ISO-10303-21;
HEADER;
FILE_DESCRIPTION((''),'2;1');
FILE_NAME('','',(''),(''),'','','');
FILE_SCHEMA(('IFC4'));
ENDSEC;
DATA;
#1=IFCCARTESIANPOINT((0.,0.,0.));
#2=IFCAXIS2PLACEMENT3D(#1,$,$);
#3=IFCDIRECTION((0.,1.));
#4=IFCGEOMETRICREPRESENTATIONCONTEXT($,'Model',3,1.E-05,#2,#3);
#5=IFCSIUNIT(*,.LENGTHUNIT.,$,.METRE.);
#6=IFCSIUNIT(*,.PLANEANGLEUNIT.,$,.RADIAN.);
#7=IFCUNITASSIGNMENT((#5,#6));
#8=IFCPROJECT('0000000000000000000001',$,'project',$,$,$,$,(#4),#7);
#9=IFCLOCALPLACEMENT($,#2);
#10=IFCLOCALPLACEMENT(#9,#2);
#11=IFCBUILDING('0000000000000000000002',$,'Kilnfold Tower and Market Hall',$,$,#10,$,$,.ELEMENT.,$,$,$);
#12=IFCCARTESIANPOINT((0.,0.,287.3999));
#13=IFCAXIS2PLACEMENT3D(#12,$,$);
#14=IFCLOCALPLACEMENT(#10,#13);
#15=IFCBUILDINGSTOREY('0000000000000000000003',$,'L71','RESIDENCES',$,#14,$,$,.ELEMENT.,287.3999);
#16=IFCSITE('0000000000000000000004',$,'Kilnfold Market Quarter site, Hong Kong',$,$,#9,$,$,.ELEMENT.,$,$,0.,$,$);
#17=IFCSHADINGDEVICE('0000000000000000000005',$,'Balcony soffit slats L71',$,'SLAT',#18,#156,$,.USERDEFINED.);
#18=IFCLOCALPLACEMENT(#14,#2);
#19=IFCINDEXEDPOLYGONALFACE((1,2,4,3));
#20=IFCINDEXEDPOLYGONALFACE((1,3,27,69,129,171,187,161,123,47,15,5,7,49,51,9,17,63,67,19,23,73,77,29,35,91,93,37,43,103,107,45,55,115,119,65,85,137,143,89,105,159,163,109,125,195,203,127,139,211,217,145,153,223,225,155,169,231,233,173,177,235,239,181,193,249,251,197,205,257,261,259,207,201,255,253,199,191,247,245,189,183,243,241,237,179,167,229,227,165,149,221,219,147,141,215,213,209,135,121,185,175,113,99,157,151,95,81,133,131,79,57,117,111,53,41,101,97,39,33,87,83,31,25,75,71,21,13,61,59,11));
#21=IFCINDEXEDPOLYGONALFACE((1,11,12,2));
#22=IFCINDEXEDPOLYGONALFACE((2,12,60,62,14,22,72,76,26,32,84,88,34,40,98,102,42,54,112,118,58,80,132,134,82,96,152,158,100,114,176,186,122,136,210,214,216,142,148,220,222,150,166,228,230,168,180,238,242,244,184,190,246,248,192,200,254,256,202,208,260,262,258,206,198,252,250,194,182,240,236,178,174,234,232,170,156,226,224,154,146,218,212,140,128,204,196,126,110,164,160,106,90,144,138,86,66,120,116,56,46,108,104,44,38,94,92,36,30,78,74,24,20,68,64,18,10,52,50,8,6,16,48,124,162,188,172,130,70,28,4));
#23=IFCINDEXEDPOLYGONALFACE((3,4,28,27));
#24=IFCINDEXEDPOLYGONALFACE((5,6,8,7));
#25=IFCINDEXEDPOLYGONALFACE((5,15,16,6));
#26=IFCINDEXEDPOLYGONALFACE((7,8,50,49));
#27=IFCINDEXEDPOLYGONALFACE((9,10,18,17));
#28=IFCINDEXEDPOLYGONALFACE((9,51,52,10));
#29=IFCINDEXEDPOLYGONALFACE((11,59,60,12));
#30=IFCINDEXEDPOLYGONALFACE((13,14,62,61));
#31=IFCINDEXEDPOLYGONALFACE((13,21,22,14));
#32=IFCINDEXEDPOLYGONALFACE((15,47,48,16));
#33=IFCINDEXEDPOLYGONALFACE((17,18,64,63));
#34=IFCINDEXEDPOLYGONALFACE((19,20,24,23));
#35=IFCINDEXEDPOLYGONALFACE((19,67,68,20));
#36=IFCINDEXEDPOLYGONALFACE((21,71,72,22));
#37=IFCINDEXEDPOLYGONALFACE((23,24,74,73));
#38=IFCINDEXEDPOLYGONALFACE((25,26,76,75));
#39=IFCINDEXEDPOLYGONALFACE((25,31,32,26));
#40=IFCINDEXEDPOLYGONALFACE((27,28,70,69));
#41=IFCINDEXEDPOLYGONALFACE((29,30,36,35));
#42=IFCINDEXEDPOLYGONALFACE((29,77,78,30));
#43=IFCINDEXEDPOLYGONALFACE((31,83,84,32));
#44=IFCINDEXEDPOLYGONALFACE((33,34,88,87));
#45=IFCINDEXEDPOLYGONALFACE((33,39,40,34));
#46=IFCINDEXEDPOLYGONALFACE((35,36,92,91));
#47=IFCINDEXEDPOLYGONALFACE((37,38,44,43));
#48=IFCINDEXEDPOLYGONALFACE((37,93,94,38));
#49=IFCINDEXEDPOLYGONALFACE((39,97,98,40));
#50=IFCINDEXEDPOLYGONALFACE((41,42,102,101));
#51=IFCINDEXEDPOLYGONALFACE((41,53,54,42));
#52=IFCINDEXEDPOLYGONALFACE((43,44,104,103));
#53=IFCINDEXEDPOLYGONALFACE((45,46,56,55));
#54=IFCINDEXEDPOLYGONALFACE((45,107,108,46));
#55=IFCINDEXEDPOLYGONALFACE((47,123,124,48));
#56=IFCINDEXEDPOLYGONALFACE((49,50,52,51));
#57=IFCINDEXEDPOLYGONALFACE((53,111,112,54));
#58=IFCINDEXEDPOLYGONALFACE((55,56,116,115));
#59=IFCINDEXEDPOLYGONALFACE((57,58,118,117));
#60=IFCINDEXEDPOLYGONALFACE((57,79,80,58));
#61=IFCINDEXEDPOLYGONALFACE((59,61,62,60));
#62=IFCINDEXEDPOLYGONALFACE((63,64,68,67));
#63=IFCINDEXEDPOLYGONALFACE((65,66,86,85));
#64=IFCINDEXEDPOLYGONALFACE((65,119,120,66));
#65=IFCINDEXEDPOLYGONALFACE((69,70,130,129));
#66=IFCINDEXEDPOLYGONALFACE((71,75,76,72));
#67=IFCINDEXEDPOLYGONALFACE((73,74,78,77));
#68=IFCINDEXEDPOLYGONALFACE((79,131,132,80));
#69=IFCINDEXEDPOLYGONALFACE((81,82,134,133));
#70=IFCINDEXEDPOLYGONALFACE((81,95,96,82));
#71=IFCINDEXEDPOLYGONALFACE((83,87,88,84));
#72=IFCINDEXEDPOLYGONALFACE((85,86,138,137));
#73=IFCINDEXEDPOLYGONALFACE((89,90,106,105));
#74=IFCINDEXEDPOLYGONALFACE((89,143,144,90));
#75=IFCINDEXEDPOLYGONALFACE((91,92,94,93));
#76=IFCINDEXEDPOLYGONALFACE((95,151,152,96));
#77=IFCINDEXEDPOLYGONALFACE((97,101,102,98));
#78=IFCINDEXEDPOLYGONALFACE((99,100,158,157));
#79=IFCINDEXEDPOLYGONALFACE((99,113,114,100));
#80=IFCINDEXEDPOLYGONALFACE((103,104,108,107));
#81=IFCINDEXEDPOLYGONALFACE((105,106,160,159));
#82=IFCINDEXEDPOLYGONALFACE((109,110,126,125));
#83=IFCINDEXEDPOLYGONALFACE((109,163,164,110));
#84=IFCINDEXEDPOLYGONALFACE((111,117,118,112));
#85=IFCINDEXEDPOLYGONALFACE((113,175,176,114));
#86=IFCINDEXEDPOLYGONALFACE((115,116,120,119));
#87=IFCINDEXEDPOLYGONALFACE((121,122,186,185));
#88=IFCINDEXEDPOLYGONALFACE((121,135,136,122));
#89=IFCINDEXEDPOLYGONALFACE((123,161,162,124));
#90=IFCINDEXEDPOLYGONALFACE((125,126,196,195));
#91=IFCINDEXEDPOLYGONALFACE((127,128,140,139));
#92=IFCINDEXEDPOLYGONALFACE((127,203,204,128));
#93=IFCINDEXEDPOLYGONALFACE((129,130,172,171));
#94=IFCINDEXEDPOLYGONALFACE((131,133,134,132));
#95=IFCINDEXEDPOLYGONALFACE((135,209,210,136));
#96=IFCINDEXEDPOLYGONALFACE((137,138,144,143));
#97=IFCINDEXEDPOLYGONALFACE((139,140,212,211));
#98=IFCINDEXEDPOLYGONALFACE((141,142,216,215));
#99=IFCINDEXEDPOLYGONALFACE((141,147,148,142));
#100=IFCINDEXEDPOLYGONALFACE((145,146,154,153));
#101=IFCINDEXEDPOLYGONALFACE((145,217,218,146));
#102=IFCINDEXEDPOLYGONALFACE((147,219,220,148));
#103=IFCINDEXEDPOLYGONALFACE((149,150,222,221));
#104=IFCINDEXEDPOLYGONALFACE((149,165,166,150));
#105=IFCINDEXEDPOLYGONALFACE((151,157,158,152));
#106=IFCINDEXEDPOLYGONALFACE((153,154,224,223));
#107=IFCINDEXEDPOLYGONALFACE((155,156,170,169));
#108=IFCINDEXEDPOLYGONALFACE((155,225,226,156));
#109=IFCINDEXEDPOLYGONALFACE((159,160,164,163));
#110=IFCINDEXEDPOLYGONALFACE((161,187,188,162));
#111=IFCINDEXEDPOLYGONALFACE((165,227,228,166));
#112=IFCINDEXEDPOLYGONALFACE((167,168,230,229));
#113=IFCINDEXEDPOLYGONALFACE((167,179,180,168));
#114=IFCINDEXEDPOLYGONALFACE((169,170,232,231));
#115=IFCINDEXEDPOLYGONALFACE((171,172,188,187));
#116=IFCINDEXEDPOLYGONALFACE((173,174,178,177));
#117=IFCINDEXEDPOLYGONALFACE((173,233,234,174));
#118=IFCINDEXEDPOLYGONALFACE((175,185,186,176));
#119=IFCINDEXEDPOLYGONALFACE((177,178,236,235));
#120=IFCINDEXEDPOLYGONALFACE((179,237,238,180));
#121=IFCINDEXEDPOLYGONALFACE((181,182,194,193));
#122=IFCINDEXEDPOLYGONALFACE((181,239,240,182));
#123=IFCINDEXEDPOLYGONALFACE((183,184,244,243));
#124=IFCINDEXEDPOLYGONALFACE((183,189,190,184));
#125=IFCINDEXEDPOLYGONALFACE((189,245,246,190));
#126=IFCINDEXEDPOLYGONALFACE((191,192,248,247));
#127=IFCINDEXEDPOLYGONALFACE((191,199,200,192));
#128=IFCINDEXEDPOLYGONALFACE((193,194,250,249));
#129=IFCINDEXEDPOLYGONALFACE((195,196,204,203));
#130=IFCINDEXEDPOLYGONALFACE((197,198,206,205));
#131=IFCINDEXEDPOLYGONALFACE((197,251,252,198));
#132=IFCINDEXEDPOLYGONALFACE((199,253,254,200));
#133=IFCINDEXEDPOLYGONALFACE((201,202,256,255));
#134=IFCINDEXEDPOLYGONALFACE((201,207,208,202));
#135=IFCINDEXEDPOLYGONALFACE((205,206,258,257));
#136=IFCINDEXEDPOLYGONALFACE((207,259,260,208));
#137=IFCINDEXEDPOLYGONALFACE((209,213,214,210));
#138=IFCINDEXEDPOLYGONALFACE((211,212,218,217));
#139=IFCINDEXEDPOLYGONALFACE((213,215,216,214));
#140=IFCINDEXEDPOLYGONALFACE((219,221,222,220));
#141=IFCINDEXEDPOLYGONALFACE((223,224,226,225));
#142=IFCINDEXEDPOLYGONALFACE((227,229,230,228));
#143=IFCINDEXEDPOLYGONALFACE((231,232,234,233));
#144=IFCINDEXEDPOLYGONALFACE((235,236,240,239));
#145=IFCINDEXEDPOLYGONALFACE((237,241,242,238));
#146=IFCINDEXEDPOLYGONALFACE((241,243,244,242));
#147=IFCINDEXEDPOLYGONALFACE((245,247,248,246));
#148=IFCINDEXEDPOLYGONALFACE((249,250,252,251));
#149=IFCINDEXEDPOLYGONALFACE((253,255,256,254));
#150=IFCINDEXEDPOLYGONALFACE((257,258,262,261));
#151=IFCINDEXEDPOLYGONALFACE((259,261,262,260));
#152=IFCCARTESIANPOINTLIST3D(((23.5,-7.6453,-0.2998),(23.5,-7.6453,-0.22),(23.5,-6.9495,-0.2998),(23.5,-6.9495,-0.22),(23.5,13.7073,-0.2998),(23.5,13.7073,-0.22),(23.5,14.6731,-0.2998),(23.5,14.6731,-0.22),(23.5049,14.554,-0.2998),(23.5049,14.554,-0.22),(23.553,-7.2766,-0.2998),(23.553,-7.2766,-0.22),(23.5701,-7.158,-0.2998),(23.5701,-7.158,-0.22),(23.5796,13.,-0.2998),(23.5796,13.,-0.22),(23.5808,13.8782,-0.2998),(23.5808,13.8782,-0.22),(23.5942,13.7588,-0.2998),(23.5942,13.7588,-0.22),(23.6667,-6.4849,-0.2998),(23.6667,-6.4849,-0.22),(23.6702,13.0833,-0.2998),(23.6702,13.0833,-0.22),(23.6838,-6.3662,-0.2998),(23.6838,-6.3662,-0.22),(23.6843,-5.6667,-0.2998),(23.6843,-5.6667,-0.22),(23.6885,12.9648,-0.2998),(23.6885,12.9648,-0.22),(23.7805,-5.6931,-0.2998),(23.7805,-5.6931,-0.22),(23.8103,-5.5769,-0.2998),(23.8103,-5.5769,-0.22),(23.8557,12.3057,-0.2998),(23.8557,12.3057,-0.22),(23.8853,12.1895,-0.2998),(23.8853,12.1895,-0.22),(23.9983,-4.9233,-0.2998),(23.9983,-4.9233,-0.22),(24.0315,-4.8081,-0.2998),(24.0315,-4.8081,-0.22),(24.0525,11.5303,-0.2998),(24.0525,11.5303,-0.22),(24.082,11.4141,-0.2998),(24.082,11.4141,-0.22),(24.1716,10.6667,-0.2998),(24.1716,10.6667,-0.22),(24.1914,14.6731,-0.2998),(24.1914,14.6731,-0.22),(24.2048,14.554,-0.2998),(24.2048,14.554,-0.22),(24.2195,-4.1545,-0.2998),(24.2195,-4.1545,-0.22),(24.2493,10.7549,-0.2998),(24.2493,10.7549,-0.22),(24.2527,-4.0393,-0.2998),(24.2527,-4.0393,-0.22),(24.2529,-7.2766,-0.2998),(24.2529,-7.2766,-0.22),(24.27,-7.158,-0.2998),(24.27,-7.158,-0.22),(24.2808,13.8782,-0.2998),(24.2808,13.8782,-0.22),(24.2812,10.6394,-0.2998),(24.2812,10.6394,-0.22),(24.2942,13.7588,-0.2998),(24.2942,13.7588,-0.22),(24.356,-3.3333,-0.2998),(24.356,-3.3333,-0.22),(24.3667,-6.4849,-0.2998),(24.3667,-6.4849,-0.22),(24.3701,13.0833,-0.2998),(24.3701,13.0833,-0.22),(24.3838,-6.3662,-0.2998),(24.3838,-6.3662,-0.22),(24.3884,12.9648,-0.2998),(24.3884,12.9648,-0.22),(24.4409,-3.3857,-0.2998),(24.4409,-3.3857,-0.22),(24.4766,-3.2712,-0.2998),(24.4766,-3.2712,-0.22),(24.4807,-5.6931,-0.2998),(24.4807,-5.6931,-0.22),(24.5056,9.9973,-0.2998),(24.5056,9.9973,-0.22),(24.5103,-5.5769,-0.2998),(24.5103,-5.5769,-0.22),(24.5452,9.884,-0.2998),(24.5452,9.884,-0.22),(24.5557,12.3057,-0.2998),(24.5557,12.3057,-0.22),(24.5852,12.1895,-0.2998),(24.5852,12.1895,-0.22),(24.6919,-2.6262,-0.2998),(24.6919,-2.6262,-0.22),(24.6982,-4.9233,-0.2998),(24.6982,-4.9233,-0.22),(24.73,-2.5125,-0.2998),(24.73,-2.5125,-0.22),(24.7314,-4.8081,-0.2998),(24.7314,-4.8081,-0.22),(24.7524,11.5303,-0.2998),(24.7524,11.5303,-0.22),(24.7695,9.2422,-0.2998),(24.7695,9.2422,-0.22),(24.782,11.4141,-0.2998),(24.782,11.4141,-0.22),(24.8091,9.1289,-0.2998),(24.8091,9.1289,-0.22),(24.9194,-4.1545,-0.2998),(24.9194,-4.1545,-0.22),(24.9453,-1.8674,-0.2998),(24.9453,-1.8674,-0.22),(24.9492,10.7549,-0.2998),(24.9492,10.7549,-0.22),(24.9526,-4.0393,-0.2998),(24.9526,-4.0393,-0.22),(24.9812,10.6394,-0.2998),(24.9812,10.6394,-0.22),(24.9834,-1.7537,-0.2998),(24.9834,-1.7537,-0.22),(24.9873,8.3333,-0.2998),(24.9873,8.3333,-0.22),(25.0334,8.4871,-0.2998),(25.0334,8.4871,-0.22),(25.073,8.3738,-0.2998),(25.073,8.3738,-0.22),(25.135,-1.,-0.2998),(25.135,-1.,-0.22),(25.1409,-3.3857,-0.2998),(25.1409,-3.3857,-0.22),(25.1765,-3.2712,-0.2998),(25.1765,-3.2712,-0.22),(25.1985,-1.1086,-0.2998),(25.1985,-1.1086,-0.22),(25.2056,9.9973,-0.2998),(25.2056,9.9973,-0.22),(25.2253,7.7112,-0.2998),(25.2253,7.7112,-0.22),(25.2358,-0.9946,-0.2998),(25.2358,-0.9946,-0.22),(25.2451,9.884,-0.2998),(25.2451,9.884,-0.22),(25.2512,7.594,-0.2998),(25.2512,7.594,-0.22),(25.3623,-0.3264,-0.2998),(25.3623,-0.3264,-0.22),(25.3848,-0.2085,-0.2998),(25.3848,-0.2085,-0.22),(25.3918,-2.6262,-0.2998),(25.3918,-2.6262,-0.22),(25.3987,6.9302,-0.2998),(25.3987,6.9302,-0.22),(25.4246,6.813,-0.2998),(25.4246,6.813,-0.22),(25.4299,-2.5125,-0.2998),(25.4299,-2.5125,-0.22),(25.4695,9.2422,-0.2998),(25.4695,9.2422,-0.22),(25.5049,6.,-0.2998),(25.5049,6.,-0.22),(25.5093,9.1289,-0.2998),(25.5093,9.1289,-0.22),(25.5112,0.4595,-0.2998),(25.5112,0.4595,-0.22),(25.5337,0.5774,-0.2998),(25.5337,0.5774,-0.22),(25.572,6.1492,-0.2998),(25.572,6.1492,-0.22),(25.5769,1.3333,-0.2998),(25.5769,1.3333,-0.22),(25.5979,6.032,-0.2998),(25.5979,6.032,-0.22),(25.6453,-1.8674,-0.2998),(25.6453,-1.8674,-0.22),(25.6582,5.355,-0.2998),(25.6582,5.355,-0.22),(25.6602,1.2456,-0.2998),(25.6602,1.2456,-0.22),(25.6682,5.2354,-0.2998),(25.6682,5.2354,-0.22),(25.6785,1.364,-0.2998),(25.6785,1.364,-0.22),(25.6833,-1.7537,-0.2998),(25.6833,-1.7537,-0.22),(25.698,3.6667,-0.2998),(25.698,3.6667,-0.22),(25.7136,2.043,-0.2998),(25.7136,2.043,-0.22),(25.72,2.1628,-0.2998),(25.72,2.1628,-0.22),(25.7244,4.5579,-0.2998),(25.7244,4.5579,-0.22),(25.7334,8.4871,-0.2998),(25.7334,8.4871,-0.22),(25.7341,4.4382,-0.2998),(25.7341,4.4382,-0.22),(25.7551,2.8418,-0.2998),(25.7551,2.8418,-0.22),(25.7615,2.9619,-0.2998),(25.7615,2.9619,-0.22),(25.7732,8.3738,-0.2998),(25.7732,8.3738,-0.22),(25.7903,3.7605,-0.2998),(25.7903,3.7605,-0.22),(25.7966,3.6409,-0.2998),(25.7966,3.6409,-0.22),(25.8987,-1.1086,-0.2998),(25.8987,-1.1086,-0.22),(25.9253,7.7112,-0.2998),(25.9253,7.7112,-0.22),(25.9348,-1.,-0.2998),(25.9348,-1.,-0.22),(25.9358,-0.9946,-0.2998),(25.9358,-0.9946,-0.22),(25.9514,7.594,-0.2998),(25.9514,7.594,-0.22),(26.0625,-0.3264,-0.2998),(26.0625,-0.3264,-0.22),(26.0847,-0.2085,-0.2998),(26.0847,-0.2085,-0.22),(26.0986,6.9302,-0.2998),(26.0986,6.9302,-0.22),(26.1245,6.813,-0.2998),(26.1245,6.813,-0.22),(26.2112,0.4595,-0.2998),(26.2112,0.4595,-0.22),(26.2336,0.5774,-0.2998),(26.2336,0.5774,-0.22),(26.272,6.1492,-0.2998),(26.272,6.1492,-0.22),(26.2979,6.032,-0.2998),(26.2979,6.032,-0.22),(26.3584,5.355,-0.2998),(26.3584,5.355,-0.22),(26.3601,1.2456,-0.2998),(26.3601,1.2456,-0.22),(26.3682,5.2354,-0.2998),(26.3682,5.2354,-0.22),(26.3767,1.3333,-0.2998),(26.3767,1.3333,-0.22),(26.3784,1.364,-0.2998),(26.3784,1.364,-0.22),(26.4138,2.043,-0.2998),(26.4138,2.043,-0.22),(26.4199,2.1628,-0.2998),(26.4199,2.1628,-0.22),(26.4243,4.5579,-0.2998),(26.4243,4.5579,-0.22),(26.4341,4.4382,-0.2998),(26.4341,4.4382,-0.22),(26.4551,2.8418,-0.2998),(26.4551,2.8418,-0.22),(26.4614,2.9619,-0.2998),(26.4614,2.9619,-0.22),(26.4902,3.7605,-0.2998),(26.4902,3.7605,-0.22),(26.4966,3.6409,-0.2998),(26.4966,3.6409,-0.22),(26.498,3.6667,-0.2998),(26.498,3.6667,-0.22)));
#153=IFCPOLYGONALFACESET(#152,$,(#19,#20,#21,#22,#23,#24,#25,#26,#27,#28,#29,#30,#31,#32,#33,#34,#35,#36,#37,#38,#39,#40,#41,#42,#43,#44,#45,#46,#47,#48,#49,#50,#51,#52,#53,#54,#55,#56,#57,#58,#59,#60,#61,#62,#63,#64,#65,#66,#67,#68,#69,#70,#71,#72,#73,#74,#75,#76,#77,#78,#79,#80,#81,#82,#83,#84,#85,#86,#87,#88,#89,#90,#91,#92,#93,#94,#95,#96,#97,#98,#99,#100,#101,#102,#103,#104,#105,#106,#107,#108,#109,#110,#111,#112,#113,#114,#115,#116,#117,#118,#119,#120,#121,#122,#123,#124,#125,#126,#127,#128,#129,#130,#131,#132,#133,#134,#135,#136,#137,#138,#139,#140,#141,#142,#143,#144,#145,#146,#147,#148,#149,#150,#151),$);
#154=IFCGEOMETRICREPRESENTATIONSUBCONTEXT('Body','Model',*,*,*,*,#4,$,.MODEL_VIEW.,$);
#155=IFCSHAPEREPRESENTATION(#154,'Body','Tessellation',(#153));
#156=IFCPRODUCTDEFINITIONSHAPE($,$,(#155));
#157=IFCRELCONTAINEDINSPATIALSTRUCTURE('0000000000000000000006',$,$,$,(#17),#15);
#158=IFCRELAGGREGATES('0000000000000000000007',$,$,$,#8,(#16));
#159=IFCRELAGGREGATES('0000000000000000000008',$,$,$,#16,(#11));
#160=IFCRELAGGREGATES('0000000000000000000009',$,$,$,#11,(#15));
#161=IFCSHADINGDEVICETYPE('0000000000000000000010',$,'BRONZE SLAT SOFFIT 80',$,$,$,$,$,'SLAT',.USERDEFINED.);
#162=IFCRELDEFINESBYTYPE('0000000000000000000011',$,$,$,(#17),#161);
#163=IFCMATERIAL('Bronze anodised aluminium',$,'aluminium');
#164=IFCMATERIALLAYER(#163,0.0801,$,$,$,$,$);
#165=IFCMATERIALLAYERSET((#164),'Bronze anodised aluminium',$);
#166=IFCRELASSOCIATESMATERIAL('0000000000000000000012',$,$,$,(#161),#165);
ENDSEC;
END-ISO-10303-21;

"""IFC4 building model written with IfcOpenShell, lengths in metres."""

from ifc_helpers import new_model, si_unit, direction, frame, origin, place, context, subcontext, project, spatial, polyline, outline, extrude, source, transform, mapped, material, layer, layer_set, type_object, element, save


model = new_model("IFC4")

# Units and contexts
model_context = context("Model", 3, precision=1e-05, world=origin(), true_north=direction((0.0, 1.0)))
body_context = subcontext(model_context, "Body", "Model", "MODEL_VIEW")
ifc_project = project(units=[si_unit("LENGTHUNIT", "METRE"), si_unit("PLANEANGLEUNIT", "RADIAN")], contexts=[model_context])

# Site, building, storey
site_placement = place(None, origin())
site = spatial("IfcSite", under=ifc_project, at=site_placement, Name="Kilnfold Market Quarter site, Hong Kong", CompositionType="ELEMENT", RefElevation=0.0)
building_placement = place(site_placement, origin())
building = spatial("IfcBuilding", under=site, at=building_placement, Name="Kilnfold Tower and Market Hall", CompositionType="ELEMENT")
storey_placement = place(building_placement, frame((0.0, 0.0, 287.3999)))
storey = spatial("IfcBuildingStorey", under=building, at=storey_placement, Name="L71", Description="RESIDENCES", CompositionType="ELEMENT", Elevation=287.3999)

# Shading device
ifc_material_1 = material(Name="Bronze anodised aluminium", Category="aluminium")
ifc_layer_1 = layer(ifc_material_1, 0.0801)
ifc_layer_set_1 = layer_set([ifc_layer_1], Name="Bronze anodised aluminium")
shading_device_type_1 = type_object("IfcShadingDeviceType", Name="BRONZE SLAT SOFFIT 80", ElementType="SLAT", PredefinedType="USERDEFINED", material=ifc_layer_set_1)
shared_shape_1 = source(origin(), body_context, "Body", "SweptSolid", [
    extrude(outline(polyline([(23.6843, -5.6667), (24.356, -3.3333), (25.135, -1.0), (25.5769, 1.3333), (25.698, 3.6667), (25.5049, 6.0), (24.9873, 8.3333), (24.1716, 10.6667), (23.5796, 13.0), (23.5, 13.7073), (23.5, 14.6731), (24.1914, 14.6731), (24.2048, 14.554), (23.5049, 14.554), (23.5808, 13.8782), (24.2808, 13.8782), (24.2942, 13.7588), (23.5942, 13.7588), (23.6702, 13.0833), (24.3701, 13.0833), (24.3884, 12.9648), (23.6885, 12.9648), (23.8557, 12.3057), (24.5557, 12.3057), (24.5852, 12.1895), (23.8853, 12.1895), (24.0525, 11.5303), (24.7524, 11.5303), (24.782, 11.4141), (24.082, 11.4141), (24.2493, 10.7549), (24.9492, 10.7549), (24.9812, 10.6394), (24.2812, 10.6394), (24.5056, 9.9973), (25.2056, 9.9973), (25.2451, 9.884), (24.5452, 9.884), (24.7695, 9.2422), (25.4695, 9.2422), (25.5093, 9.1289), (24.8091, 9.1289), (25.0334, 8.4871), (25.7334, 8.4871), (25.7732, 8.3738), (25.073, 8.3738), (25.2253, 7.7112), (25.9253, 7.7112), (25.9514, 7.594), (25.2512, 7.594), (25.3987, 6.9302), (26.0986, 6.9302), (26.1245, 6.813), (25.4246, 6.813), (25.572, 6.1492), (26.272, 6.1492), (26.2979, 6.032), (25.5979, 6.032), (25.6582, 5.355), (26.3584, 5.355), (26.3682, 5.2354), (25.6682, 5.2354), (25.7244, 4.5579), (26.4243, 4.5579), (26.4341, 4.4382), (25.7341, 4.4382), (25.7903, 3.7605), (26.4902, 3.7605), (26.498, 3.6667), (26.4966, 3.6409), (25.7966, 3.6409), (25.7615, 2.9619), (26.4614, 2.9619), (26.4551, 2.8418), (25.7551, 2.8418), (25.72, 2.1628), (26.4199, 2.1628), (26.4138, 2.043), (25.7136, 2.043), (25.6785, 1.364), (26.3784, 1.364), (26.3767, 1.3333), (26.3601, 1.2456), (25.6602, 1.2456), (25.5337, 0.5774), (26.2336, 0.5774), (26.2112, 0.4595), (25.5112, 0.4595), (25.3848, -0.2085), (26.0847, -0.2085), (26.0625, -0.3264), (25.3623, -0.3264), (25.2358, -0.9946), (25.9358, -0.9946), (25.9348, -1.0), (25.8987, -1.1086), (25.1985, -1.1086), (24.9834, -1.7537), (25.6833, -1.7537), (25.6453, -1.8674), (24.9453, -1.8674), (24.73, -2.5125), (25.4299, -2.5125), (25.3918, -2.6262), (24.6919, -2.6262), (24.4766, -3.2712), (25.1765, -3.2712), (25.1409, -3.3857), (24.4409, -3.3857), (24.2527, -4.0393), (24.9526, -4.0393), (24.9194, -4.1545), (24.2195, -4.1545), (24.0315, -4.8081), (24.7314, -4.8081), (24.6982, -4.9233), (23.9983, -4.9233), (23.8103, -5.5769), (24.5103, -5.5769), (24.4807, -5.6931), (23.7805, -5.6931), (23.6838, -6.3662), (24.3838, -6.3662), (24.3667, -6.4849), (23.6667, -6.4849), (23.5701, -7.158), (24.27, -7.158), (24.2529, -7.2766), (23.553, -7.2766), (23.5, -7.6453), (23.5, -6.9495), (23.6843, -5.6667)])), origin(), (0.0, 0.0, 1.0), 0.0798),
])
shading_device_1_placement = place(storey_placement, frame((0.0, 0.0, -0.2998)))
element("IfcShadingDevice", 1, at=shading_device_1_placement, inside=storey, type_object=shading_device_type_1, Name="Balcony soffit slats L71", ObjectType="SLAT", PredefinedType="USERDEFINED", context=body_context, shape_type="MappedRepresentation", body=[
    mapped(shared_shape_1, transform((0.0, 0.0, 0.0))),
])

save(model, "model.ifc")
